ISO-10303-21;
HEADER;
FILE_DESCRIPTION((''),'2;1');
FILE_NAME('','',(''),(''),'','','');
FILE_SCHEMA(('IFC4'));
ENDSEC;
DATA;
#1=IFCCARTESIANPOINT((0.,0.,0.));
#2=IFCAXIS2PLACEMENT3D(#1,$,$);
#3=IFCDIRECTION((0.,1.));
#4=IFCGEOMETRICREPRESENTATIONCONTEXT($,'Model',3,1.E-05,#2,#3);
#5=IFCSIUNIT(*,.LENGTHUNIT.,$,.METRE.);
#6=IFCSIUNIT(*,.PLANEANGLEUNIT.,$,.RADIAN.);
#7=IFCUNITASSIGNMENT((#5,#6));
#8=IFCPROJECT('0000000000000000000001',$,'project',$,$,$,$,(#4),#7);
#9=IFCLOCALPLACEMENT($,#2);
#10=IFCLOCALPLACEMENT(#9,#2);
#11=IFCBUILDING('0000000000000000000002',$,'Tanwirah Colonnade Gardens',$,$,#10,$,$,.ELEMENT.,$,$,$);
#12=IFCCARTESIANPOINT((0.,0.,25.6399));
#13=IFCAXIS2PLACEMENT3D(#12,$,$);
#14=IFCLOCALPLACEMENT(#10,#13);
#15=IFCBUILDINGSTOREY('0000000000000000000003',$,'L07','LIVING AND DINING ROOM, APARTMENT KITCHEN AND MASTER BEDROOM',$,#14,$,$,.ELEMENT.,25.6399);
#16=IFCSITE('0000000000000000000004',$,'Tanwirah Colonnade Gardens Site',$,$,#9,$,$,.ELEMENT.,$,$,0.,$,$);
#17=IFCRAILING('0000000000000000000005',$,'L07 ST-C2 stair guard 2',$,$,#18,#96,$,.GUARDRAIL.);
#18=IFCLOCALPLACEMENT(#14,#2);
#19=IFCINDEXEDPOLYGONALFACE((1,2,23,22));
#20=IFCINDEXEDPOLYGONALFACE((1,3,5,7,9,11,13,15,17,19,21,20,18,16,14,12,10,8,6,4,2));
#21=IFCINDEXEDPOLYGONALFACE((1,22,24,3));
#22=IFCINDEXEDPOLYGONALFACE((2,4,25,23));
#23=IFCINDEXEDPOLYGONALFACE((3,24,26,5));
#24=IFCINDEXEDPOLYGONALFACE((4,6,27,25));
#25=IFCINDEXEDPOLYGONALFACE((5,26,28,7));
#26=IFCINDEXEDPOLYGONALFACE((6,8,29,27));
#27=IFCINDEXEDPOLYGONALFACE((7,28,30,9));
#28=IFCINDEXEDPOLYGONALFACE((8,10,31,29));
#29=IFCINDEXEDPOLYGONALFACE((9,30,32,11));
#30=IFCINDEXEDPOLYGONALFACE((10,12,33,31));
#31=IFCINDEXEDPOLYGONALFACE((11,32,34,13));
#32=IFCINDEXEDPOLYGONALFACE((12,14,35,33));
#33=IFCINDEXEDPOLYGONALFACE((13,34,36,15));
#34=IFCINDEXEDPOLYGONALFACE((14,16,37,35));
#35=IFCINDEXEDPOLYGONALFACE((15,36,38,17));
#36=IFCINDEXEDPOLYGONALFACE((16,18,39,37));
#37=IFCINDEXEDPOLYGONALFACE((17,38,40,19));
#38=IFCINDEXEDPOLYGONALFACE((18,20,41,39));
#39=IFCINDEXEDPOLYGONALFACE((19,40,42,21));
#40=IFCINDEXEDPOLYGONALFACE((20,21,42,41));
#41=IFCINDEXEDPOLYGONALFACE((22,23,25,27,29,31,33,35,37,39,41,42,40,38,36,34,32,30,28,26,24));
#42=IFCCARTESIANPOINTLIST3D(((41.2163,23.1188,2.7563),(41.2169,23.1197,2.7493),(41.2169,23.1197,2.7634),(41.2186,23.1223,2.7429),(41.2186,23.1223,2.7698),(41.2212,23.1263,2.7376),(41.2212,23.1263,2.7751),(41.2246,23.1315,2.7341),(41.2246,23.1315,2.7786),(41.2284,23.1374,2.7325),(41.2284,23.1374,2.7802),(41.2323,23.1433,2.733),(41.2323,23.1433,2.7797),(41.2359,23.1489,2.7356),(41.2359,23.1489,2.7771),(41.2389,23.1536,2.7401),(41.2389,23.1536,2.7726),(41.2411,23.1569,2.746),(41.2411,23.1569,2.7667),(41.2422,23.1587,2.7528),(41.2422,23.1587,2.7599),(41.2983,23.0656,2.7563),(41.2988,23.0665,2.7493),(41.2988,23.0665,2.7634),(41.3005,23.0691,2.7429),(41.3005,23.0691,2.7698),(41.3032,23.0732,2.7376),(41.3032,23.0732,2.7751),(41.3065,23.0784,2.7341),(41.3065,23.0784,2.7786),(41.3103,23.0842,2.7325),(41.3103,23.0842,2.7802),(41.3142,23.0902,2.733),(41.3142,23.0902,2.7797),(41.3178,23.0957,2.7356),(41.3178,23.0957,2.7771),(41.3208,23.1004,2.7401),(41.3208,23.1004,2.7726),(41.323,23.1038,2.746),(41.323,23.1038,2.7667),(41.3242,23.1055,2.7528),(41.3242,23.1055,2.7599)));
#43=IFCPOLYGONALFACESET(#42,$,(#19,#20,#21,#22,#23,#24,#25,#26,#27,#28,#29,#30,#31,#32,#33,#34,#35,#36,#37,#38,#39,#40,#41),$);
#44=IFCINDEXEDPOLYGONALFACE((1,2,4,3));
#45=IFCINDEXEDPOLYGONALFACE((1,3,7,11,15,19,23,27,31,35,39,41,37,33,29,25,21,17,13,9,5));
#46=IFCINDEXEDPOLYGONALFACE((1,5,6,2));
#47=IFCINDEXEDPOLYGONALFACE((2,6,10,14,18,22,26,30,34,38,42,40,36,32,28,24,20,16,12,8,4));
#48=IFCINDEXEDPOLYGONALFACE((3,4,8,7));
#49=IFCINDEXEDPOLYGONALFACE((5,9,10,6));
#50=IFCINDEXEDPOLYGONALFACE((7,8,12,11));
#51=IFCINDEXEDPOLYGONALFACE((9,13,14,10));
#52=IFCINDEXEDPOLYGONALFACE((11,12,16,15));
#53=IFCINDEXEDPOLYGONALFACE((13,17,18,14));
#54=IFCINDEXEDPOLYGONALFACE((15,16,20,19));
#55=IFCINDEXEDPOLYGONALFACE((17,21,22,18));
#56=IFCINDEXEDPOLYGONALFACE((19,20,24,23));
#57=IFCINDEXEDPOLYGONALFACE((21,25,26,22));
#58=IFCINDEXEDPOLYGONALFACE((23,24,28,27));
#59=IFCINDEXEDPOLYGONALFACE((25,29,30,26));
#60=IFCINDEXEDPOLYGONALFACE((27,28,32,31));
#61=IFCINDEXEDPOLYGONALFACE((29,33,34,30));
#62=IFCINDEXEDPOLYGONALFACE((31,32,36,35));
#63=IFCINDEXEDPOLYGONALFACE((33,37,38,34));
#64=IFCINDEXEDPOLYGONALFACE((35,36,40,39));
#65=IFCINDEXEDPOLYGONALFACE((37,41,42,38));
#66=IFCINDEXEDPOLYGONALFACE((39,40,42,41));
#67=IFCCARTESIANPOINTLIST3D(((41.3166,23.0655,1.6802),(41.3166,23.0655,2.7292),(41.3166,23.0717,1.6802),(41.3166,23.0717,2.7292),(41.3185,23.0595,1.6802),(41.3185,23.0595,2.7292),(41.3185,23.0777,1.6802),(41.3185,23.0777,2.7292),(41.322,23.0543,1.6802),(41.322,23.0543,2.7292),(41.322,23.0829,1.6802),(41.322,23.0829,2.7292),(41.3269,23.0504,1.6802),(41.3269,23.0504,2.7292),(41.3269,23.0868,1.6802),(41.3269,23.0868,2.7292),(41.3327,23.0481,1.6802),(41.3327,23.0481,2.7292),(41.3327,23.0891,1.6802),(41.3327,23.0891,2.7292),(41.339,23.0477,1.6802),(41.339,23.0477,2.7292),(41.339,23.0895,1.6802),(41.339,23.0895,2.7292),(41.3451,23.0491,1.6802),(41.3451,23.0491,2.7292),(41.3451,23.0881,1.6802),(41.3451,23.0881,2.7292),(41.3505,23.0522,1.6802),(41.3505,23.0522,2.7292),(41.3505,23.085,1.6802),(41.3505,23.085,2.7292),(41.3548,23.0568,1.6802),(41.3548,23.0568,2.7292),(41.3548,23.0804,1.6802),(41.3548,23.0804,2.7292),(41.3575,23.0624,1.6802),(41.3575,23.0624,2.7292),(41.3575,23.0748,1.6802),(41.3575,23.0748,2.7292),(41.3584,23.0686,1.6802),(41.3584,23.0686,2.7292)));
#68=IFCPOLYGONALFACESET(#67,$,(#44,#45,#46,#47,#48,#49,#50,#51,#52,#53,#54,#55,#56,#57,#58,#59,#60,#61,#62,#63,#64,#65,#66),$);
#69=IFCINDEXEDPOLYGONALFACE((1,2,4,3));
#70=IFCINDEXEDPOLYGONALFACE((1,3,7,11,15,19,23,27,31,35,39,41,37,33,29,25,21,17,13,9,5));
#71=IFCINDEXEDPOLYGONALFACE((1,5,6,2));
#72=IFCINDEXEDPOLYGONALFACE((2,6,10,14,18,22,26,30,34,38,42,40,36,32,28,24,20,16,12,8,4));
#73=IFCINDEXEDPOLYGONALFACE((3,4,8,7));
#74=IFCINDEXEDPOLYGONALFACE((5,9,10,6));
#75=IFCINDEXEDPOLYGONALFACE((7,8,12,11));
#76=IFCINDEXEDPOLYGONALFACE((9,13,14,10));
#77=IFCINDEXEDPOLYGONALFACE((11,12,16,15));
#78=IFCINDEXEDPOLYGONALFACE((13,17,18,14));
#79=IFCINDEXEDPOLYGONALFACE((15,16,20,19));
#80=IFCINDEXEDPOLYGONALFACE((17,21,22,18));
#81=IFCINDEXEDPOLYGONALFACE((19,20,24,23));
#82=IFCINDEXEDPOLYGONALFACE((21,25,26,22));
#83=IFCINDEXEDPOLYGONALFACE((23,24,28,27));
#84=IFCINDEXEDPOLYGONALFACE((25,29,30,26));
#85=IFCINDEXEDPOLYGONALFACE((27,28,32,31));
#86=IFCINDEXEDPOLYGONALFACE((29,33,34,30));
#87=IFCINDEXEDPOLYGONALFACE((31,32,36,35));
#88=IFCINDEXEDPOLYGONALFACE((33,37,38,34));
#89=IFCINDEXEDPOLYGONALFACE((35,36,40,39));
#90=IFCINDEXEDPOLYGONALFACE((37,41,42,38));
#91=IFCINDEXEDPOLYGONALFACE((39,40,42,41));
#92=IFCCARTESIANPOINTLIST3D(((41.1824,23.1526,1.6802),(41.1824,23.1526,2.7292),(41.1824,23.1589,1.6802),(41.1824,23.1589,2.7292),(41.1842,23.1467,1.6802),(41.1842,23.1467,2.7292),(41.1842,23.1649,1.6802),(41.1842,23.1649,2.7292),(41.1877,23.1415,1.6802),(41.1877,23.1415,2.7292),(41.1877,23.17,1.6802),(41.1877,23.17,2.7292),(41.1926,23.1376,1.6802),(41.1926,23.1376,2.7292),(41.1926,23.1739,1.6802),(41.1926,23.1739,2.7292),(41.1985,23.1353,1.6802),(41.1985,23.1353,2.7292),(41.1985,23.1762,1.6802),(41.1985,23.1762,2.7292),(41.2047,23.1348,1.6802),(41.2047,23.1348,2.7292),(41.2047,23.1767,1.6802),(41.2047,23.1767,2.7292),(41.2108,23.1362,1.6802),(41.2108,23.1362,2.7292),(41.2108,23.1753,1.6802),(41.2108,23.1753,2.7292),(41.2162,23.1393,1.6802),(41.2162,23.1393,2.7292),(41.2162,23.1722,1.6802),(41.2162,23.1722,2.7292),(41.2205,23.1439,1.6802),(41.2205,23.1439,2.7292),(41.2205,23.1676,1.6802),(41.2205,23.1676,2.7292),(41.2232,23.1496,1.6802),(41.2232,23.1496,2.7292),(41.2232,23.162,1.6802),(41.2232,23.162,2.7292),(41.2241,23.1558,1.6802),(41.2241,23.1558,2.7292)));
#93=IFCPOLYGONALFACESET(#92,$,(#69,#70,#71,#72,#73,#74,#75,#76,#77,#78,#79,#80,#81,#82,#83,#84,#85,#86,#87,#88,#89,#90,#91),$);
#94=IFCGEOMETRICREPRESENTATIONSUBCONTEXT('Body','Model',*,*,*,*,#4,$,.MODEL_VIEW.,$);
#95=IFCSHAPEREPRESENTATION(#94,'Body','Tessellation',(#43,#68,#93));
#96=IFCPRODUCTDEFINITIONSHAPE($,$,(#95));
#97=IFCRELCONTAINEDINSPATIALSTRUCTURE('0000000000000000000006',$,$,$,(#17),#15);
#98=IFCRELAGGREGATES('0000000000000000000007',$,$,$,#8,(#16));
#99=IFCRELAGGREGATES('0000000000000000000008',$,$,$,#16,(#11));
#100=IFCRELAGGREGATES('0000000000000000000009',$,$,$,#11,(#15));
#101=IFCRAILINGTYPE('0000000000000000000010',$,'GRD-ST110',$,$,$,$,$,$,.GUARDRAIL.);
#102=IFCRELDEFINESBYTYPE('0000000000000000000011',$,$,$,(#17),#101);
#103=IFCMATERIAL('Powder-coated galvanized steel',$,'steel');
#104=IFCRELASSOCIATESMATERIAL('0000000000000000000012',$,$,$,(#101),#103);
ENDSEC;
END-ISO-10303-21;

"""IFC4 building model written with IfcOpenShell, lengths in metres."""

from ifc_helpers import new_model, si_unit, direction, frame, origin, origin_2d, place, context, subcontext, project, spatial, circle, extrude, material, type_object, element, save


model = new_model("IFC4")

# Units and contexts
model_context = context("Model", 3, precision=1e-05, world=origin(), true_north=direction((0.0, 1.0)))
body_context = subcontext(model_context, "Body", "Model", "MODEL_VIEW")
ifc_project = project(units=[si_unit("LENGTHUNIT", "METRE"), si_unit("PLANEANGLEUNIT", "RADIAN")], contexts=[model_context])

# Site, building, storey
site_placement = place(None, origin())
site = spatial("IfcSite", under=ifc_project, at=site_placement, Name="Tanwirah Colonnade Gardens Site", CompositionType="ELEMENT", RefElevation=0.0)
building_placement = place(site_placement, origin())
building = spatial("IfcBuilding", under=site, at=building_placement, Name="Tanwirah Colonnade Gardens", CompositionType="ELEMENT")
storey_placement = place(building_placement, frame((0.0, 0.0, 25.6399)))
storey = spatial("IfcBuildingStorey", under=building, at=storey_placement, Name="L07", Description="LIVING AND DINING ROOM, APARTMENT KITCHEN AND MASTER BEDROOM", CompositionType="ELEMENT", Elevation=25.6399)

# Railing
ifc_material_1 = material(Name="Powder-coated galvanized steel", Category="steel")
railing_type_1 = type_object("IfcRailingType", Name="GRD-ST110", PredefinedType="GUARDRAIL", material=ifc_material_1)
railing_1_placement = place(storey_placement, frame((41.3374, 23.0686, 1.6802)))
element("IfcRailing", 1, at=railing_1_placement, inside=storey, type_object=railing_type_1, Name="L07 ST-C2 stair guard 2", PredefinedType="GUARDRAIL", context=body_context, shape_type="SweptSolid", body=[
    extrude(circle(Radius=0.0239, at=origin_2d()), frame((-0.0261, 0.0171, 1.0762), z_axis=(-0.838792, 0.544452, 0.0), x_axis=(-0.544452, -0.838792, 0.0)), (0.0, 0.0, 1.0), 0.0977),
    extrude(circle(Radius=0.021, at=origin_2d()), origin(), (0.0, 0.0, 1.0), 1.0491),
    extrude(circle(Radius=0.021, at=origin_2d()), frame((-0.1343, 0.0872, 0.0)), (0.0, 0.0, 1.0), 1.0491),
])

save(model, "model.ifc")
